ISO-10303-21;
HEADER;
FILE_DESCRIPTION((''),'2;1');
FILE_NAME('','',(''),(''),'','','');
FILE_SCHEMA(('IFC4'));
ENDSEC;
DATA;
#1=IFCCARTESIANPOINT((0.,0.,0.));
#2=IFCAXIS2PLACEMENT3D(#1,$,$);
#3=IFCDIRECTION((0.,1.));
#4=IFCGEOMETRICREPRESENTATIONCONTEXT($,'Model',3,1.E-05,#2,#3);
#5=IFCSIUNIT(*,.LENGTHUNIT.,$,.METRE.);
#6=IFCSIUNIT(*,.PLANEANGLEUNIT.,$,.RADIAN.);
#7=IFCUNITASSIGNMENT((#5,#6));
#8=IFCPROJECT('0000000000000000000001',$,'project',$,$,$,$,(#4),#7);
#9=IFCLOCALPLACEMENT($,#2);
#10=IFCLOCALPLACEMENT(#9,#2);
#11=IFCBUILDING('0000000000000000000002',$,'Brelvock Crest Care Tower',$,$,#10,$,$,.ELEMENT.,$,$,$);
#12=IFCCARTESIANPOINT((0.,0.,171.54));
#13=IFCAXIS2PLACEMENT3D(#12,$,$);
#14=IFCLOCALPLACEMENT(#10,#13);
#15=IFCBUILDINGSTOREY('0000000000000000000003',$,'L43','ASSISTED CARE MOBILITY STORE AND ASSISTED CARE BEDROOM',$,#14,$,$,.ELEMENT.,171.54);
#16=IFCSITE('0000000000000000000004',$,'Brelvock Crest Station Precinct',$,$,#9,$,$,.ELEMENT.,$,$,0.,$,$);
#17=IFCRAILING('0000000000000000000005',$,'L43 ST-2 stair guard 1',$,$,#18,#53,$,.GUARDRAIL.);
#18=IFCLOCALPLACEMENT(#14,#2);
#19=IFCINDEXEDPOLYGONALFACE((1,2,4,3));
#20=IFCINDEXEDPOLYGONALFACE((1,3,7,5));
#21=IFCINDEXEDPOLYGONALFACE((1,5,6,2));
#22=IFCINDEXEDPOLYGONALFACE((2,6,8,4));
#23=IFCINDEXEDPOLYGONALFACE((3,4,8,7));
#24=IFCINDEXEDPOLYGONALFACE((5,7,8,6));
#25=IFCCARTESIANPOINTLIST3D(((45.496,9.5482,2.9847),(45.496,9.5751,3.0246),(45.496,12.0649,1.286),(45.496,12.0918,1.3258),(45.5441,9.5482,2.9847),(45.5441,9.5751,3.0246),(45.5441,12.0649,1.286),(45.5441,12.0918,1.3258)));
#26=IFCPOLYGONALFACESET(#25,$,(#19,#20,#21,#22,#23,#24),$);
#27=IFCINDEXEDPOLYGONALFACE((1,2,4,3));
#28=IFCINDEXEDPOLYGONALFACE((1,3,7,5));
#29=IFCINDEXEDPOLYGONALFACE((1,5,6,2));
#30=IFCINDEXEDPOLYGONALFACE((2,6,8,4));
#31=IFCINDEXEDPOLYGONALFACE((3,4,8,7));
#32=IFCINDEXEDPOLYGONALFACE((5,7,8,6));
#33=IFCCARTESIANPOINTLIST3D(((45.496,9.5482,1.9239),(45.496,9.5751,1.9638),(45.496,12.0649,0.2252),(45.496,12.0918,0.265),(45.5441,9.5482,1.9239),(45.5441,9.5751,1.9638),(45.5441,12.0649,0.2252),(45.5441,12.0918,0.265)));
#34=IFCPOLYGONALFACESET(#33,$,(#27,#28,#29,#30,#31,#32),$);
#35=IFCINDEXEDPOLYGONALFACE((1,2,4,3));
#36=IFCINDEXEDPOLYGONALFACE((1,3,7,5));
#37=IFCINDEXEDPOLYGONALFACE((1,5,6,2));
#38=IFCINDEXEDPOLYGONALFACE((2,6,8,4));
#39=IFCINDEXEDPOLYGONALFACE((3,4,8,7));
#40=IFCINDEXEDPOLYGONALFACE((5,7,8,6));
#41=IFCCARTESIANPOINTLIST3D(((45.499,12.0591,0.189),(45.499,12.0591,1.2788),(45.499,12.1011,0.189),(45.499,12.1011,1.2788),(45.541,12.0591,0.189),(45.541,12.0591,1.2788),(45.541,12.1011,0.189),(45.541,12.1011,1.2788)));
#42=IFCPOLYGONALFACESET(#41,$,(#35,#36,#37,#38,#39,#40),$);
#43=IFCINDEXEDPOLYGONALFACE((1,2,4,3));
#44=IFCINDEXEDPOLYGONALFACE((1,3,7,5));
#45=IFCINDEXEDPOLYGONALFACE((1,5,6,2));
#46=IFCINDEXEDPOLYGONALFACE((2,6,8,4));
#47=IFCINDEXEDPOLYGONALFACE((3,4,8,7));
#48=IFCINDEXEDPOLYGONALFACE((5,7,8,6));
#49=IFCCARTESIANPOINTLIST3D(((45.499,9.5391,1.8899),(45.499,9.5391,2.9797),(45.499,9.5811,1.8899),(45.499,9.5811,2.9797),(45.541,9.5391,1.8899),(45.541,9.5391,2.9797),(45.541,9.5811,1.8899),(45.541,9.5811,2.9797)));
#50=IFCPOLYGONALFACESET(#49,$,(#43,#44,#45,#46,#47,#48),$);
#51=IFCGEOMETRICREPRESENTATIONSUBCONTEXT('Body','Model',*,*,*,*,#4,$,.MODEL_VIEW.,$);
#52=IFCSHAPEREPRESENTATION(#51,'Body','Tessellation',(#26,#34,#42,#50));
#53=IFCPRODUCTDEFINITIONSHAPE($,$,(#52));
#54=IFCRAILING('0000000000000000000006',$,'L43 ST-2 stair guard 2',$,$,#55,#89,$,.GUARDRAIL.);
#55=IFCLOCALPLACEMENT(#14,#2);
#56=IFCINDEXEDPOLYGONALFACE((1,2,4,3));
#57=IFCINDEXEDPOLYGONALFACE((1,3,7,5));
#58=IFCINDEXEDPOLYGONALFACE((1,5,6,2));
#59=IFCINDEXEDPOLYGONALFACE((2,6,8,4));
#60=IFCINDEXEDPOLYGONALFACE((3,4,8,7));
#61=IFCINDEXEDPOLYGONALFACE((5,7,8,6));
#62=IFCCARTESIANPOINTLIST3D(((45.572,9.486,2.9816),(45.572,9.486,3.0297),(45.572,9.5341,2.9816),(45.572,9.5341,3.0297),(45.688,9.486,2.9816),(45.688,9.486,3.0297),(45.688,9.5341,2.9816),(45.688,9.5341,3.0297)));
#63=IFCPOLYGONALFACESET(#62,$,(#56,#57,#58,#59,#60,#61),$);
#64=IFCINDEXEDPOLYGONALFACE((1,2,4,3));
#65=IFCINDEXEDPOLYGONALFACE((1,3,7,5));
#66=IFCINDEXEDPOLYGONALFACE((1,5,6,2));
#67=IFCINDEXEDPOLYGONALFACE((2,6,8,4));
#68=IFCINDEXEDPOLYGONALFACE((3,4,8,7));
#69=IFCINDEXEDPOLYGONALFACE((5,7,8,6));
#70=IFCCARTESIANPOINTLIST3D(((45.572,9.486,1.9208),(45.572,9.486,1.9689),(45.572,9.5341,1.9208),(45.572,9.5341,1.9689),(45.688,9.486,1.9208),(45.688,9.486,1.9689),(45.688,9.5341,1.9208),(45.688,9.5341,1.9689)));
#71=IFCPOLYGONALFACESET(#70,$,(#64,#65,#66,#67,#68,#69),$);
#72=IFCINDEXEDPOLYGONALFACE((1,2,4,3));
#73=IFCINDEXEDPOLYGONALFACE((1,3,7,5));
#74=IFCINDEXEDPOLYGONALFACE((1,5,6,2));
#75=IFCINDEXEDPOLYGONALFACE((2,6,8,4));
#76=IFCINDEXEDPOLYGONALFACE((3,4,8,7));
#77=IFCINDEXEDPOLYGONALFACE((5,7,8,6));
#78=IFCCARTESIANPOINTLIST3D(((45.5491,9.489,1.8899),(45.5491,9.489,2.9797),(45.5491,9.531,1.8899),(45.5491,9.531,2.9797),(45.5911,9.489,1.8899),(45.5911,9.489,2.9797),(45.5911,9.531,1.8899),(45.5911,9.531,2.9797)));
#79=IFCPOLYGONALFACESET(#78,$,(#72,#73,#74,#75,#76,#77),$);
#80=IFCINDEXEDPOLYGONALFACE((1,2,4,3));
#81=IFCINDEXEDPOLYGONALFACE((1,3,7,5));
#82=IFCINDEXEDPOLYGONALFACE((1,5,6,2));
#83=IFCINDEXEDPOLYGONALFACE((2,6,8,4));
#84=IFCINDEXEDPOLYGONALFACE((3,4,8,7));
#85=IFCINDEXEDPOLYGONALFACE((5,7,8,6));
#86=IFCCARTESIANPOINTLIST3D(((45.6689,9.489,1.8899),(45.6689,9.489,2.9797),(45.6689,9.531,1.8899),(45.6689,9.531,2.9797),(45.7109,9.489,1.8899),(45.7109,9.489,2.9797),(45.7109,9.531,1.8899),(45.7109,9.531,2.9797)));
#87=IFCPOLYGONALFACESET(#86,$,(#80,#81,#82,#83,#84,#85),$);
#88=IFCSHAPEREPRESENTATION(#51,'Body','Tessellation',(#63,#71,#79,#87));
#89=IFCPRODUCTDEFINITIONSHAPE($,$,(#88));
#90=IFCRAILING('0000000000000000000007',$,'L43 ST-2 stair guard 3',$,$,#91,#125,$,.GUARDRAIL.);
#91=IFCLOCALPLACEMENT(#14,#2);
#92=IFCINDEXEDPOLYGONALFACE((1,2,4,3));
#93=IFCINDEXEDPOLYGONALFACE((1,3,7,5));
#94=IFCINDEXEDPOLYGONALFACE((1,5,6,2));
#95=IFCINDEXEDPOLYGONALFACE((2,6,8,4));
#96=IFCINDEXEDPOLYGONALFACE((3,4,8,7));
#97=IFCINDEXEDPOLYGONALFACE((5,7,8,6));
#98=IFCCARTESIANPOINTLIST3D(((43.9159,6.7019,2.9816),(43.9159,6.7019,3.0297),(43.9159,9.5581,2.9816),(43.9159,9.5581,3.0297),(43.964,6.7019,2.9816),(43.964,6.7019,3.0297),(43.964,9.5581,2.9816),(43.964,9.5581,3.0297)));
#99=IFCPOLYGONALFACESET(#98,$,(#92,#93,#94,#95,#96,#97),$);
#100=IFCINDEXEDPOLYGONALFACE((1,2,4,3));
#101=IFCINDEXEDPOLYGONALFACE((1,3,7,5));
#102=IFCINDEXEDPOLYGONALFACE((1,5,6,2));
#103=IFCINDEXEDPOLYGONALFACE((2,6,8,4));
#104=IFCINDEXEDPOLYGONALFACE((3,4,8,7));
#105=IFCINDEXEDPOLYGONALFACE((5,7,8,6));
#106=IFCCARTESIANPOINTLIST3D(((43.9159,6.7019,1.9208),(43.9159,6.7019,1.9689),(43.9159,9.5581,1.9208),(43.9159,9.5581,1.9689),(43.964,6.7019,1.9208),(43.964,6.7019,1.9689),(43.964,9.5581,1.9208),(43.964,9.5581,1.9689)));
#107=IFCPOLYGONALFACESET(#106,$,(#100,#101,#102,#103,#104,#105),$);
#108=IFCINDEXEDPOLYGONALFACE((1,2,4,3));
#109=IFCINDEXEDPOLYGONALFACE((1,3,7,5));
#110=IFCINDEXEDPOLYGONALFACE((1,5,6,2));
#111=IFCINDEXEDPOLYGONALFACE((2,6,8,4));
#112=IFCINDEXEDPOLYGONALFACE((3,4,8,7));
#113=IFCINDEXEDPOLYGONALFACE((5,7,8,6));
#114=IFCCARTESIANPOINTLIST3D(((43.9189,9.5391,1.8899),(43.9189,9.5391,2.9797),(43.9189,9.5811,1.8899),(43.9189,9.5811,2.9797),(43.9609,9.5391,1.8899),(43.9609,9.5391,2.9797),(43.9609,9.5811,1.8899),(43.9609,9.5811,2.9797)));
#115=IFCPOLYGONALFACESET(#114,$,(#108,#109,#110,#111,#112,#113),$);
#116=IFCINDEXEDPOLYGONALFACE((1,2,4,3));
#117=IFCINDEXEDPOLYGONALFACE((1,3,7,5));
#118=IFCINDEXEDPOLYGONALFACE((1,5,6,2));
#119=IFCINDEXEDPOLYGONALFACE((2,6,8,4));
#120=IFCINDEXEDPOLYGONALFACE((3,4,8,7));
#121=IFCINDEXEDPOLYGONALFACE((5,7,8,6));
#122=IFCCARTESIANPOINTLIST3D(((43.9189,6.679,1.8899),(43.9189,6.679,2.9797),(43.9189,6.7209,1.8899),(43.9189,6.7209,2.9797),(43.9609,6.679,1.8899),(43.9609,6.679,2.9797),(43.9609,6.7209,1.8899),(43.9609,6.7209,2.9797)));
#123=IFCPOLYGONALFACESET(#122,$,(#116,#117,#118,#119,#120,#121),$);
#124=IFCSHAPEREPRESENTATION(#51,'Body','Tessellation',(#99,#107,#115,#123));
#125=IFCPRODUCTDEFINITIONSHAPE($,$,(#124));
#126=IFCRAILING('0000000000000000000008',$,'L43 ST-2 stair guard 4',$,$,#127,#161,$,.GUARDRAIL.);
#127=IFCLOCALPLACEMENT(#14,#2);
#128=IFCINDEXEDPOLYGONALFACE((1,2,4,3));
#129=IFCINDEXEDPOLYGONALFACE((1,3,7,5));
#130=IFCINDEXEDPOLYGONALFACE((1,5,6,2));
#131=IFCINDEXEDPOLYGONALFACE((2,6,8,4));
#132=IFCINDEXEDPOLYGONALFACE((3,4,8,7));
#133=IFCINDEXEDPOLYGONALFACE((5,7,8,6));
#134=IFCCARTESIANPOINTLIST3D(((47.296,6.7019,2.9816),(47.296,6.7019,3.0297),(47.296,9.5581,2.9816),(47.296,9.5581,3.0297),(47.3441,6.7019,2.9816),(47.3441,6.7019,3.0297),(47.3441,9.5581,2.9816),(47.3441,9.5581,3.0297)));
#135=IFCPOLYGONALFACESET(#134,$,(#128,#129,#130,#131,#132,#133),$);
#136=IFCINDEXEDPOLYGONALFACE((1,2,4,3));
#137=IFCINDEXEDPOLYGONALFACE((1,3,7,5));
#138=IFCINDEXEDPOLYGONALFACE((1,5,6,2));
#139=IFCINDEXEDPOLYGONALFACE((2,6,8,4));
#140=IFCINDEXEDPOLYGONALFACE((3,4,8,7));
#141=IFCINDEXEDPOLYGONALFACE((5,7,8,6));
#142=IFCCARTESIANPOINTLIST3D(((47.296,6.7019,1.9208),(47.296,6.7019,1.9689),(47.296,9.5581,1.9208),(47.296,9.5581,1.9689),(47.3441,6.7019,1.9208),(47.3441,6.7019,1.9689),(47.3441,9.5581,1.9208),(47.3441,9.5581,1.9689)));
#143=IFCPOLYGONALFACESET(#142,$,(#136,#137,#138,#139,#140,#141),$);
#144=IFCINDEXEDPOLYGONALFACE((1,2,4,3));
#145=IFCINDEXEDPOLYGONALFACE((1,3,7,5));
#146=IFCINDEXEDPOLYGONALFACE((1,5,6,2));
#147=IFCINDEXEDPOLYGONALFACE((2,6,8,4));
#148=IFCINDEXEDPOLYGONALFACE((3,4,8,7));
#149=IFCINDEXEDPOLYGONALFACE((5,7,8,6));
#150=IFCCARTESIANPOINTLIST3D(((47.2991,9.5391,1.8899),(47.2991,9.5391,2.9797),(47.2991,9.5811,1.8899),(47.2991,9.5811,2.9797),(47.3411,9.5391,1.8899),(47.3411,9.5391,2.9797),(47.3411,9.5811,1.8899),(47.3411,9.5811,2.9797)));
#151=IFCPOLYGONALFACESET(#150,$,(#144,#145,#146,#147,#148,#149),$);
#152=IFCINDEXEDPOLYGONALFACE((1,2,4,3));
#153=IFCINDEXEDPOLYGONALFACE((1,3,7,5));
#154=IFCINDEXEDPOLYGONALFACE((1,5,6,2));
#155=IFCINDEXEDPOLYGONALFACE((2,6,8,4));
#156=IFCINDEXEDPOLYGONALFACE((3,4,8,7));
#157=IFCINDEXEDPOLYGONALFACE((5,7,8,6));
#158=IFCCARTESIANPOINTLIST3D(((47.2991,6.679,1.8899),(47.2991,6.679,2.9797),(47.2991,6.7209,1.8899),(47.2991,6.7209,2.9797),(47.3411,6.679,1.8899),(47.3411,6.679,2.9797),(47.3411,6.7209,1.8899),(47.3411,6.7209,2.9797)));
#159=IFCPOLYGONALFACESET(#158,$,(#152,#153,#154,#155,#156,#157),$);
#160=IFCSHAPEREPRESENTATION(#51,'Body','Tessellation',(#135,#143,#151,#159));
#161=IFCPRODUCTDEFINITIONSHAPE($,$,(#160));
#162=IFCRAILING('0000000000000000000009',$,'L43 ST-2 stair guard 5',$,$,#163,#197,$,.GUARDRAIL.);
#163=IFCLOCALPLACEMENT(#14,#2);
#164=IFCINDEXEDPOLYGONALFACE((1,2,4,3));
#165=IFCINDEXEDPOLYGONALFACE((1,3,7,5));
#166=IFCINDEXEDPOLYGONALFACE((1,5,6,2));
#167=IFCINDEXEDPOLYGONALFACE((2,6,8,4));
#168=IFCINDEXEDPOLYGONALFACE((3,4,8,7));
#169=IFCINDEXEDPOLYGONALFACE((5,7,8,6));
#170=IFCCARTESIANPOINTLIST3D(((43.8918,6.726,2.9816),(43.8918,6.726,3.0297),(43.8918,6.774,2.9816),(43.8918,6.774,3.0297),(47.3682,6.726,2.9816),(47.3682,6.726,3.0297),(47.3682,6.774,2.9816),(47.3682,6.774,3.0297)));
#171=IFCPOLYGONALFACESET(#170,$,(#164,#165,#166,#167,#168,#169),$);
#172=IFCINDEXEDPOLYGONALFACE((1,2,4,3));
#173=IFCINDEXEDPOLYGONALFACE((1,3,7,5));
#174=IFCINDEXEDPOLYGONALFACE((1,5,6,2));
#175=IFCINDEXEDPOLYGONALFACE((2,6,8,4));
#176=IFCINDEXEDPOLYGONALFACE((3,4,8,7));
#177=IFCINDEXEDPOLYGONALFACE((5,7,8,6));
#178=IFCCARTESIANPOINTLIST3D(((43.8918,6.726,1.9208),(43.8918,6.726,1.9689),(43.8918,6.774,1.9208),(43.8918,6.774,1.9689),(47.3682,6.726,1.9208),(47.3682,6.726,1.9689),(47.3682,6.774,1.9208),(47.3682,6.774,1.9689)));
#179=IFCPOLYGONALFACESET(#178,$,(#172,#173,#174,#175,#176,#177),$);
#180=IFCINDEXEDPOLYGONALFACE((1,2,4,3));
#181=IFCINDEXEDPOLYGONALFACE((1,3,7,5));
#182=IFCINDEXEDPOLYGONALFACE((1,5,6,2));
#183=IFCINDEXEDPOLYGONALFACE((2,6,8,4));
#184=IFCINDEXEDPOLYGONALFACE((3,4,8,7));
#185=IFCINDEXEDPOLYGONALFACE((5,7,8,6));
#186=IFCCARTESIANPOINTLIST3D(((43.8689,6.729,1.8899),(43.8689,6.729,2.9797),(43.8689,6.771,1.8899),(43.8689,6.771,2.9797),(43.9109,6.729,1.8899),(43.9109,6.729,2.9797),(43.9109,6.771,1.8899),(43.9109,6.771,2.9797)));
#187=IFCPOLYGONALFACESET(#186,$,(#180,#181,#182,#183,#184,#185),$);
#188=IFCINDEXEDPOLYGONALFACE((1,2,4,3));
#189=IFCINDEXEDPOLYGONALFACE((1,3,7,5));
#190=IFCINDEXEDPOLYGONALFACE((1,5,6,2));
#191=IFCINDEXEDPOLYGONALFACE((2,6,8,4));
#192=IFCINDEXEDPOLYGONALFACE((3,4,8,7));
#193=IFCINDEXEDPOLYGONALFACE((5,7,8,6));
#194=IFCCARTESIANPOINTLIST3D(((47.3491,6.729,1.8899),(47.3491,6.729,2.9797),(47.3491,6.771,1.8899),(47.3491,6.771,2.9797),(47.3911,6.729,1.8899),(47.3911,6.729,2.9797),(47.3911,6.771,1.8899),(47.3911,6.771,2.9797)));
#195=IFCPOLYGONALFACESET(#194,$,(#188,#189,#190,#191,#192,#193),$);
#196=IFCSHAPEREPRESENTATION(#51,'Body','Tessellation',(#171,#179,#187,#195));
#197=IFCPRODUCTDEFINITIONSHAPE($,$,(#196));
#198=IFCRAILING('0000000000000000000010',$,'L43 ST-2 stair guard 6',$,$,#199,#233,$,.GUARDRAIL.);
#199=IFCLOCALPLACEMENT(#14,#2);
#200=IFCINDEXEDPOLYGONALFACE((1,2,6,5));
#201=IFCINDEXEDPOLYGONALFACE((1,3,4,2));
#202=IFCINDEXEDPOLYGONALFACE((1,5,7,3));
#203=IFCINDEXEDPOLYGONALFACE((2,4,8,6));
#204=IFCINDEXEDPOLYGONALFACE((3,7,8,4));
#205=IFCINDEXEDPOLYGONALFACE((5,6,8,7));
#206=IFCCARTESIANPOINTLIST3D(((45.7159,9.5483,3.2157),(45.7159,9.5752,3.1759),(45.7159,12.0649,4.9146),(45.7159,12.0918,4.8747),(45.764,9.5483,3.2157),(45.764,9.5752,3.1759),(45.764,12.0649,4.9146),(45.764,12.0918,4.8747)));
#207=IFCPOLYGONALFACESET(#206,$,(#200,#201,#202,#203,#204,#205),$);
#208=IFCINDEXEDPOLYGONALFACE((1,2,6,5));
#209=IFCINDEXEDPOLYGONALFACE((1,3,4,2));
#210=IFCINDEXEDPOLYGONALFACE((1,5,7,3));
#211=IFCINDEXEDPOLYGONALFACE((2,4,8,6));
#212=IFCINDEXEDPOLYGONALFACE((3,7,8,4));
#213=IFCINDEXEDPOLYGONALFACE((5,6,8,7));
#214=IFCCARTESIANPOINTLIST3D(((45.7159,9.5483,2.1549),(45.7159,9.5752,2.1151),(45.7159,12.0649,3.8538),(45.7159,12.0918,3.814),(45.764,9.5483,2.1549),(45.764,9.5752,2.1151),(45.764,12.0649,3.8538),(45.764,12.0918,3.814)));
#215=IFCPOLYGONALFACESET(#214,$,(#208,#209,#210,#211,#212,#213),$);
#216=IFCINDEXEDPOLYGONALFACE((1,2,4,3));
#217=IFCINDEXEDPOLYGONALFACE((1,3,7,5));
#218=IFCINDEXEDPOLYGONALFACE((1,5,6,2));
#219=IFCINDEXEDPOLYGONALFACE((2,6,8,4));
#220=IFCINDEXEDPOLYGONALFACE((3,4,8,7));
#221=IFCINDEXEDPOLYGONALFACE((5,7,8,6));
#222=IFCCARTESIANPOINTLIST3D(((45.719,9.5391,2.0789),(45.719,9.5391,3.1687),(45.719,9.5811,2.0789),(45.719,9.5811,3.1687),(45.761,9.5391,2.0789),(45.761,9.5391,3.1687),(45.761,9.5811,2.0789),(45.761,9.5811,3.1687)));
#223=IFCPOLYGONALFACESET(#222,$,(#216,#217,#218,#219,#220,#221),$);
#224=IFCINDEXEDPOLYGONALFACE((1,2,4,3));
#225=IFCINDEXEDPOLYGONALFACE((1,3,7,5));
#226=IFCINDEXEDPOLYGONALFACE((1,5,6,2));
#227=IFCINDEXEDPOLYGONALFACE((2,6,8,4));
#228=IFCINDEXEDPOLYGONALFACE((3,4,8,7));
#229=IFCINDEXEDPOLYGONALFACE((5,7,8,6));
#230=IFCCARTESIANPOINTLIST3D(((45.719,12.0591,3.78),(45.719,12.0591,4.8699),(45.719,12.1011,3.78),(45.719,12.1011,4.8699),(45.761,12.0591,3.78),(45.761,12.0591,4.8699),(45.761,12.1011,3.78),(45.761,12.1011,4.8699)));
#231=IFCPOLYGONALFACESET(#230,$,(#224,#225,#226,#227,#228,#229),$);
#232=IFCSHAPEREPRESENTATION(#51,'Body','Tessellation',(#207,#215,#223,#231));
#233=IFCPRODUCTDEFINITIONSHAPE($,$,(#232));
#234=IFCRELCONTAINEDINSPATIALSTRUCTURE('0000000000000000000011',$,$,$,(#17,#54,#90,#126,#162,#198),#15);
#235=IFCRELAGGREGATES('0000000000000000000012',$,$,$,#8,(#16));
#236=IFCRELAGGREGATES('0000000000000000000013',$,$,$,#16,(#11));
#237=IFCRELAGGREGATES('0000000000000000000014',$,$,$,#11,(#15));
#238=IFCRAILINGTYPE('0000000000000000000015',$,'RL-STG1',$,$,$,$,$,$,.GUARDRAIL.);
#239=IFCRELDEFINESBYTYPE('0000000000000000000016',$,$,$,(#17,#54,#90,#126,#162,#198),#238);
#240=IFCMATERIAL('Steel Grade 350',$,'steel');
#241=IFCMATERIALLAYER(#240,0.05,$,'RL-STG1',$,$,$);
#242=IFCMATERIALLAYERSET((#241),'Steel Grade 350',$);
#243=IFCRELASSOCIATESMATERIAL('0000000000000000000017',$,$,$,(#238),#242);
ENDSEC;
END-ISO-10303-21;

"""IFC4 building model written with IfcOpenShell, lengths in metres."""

from ifc_helpers import new_model, si_unit, direction, frame, origin, origin_2d, place, context, subcontext, project, spatial, rectangle, extrude, material, layer, layer_set, type_object, element, save


model = new_model("IFC4")

# Units and contexts
model_context = context("Model", 3, precision=1e-05, world=origin(), true_north=direction((0.0, 1.0)))
body_context = subcontext(model_context, "Body", "Model", "MODEL_VIEW")
ifc_project = project(units=[si_unit("LENGTHUNIT", "METRE"), si_unit("PLANEANGLEUNIT", "RADIAN")], contexts=[model_context])

# Site, building, storey
site_placement = place(None, origin())
site = spatial("IfcSite", under=ifc_project, at=site_placement, Name="Brelvock Crest Station Precinct", CompositionType="ELEMENT", RefElevation=0.0)
building_placement = place(site_placement, origin())
building = spatial("IfcBuilding", under=site, at=building_placement, Name="Brelvock Crest Care Tower", CompositionType="ELEMENT")
storey_placement = place(building_placement, frame((0.0, 0.0, 171.54)))
storey = spatial("IfcBuildingStorey", under=building, at=storey_placement, Name="L43", Description="ASSISTED CARE MOBILITY STORE AND ASSISTED CARE BEDROOM", CompositionType="ELEMENT", Elevation=171.54)

# Shared definitions
ifc_material_1 = material(Name="Steel Grade 350", Category="steel")

# Railings
ifc_layer_1 = layer(ifc_material_1, 0.05, Name="RL-STG1")
ifc_layer_set_1 = layer_set([ifc_layer_1], Name="Steel Grade 350")
railing_type_1 = type_object("IfcRailingType", Name="RL-STG1", PredefinedType="GUARDRAIL", material=ifc_layer_set_1)
railing_1_placement = place(storey_placement, frame((45.52, 12.0801, 0.189)))
element("IfcRailing", 1, at=railing_1_placement, inside=storey, type_object=railing_type_1, Name="L43 ST-2 stair guard 1", PredefinedType="GUARDRAIL", context=body_context, shape_type="SweptSolid", body=[
    extrude(rectangle(XDim=0.0481, YDim=0.0481, at=origin_2d()), frame((0.0, -0.0017, 1.1169), z_axis=(0.0, -0.828862, 0.559454), x_axis=(1.0, 0.0, 0.0)), (0.0, 0.0, 1.0), 3.0364),
    extrude(rectangle(XDim=0.0481, YDim=0.0481, at=origin_2d()), frame((0.0, -0.0017, 0.0562), z_axis=(0.0, -0.828862, 0.559454), x_axis=(1.0, 0.0, 0.0)), (0.0, 0.0, 1.0), 3.0364),
    extrude(rectangle(XDim=0.042, YDim=0.042, at=origin_2d()), origin(), (0.0, 0.0, 1.0), 1.0898),
    extrude(rectangle(XDim=0.042, YDim=0.042, at=origin_2d()), frame((0.0, -2.52, 1.7009)), (0.0, 0.0, 1.0), 1.0898),
])
railing_2_placement = place(storey_placement, frame((45.5701, 9.51, 1.8899)))
element("IfcRailing", 2, at=railing_2_placement, inside=storey, type_object=railing_type_1, Name="L43 ST-2 stair guard 2", PredefinedType="GUARDRAIL", context=body_context, shape_type="SweptSolid", body=[
    extrude(rectangle(XDim=0.0481, YDim=0.0481, at=origin_2d()), frame((0.002, 0.0, 1.1157), z_axis=(1.0, 0.0, 0.0), x_axis=(0.0, 1.0, 0.0)), (0.0, 0.0, 1.0), 0.116),
    extrude(rectangle(XDim=0.0481, YDim=0.0481, at=origin_2d()), frame((0.002, 0.0, 0.0549), z_axis=(1.0, 0.0, 0.0), x_axis=(0.0, 1.0, 0.0)), (0.0, 0.0, 1.0), 0.116),
    extrude(rectangle(XDim=0.042, YDim=0.042, at=origin_2d()), origin(), (0.0, 0.0, 1.0), 1.0898),
    extrude(rectangle(XDim=0.042, YDim=0.042, at=origin_2d()), frame((0.1199, 0.0, 0.0)), (0.0, 0.0, 1.0), 1.0898),
])
for number, where, name in (
    (3, (43.9399, 9.5601, 1.8899), "L43 ST-2 stair guard 3"),
    (4, (47.3201, 9.5601, 1.8899), "L43 ST-2 stair guard 4"),
):
    element("IfcRailing", number, at=place(storey_placement, frame(where)), inside=storey, type_object=railing_type_1, Name=name, PredefinedType="GUARDRAIL", context=body_context, shape_type="SweptSolid", body=[
        extrude(rectangle(XDim=0.0481, YDim=0.0481, at=origin_2d()), frame((0.0, -0.002, 1.1157), z_axis=(0.0, -1.0, 0.0), x_axis=(1.0, 0.0, 0.0)), (0.0, 0.0, 1.0), 2.8562),
        extrude(rectangle(XDim=0.0481, YDim=0.0481, at=origin_2d()), frame((0.0, -0.002, 0.0549), z_axis=(0.0, -1.0, 0.0), x_axis=(1.0, 0.0, 0.0)), (0.0, 0.0, 1.0), 2.8562),
        extrude(rectangle(XDim=0.042, YDim=0.042, at=origin_2d()), origin(), (0.0, 0.0, 1.0), 1.0898),
        extrude(rectangle(XDim=0.042, YDim=0.042, at=origin_2d()), frame((0.0, -2.8601, 0.0)), (0.0, 0.0, 1.0), 1.0898),
    ])
railing_3_placement = place(storey_placement, frame((43.8899, 6.75, 1.8899)))
element("IfcRailing", 5, at=railing_3_placement, inside=storey, type_object=railing_type_1, Name="L43 ST-2 stair guard 5", PredefinedType="GUARDRAIL", context=body_context, shape_type="SweptSolid", body=[
    extrude(rectangle(XDim=0.0481, YDim=0.0481, at=origin_2d()), frame((0.002, 0.0, 1.1157), z_axis=(1.0, 0.0, 0.0), x_axis=(0.0, 1.0, 0.0)), (0.0, 0.0, 1.0), 3.4763),
    extrude(rectangle(XDim=0.0481, YDim=0.0481, at=origin_2d()), frame((0.002, 0.0, 0.0549), z_axis=(1.0, 0.0, 0.0), x_axis=(0.0, 1.0, 0.0)), (0.0, 0.0, 1.0), 3.4763),
    extrude(rectangle(XDim=0.042, YDim=0.042, at=origin_2d()), origin(), (0.0, 0.0, 1.0), 1.0898),
    extrude(rectangle(XDim=0.042, YDim=0.042, at=origin_2d()), frame((3.4802, 0.0, 0.0)), (0.0, 0.0, 1.0), 1.0898),
])
railing_4_placement = place(storey_placement, frame((45.74, 9.5601, 2.0789)))
element("IfcRailing", 6, at=railing_4_placement, inside=storey, type_object=railing_type_1, Name="L43 ST-2 stair guard 6", PredefinedType="GUARDRAIL", context=body_context, shape_type="SweptSolid", body=[
    extrude(rectangle(XDim=0.0481, YDim=0.0481, at=origin_2d()), frame((0.0, 0.0017, 1.1169), z_axis=(0.0, 0.828824, 0.559509), x_axis=(-1.0, 0.0, 0.0)), (0.0, 0.0, 1.0), 3.0364),
    extrude(rectangle(XDim=0.0481, YDim=0.0481, at=origin_2d()), frame((0.0, 0.0017, 0.0562), z_axis=(0.0, 0.828824, 0.559509), x_axis=(-1.0, 0.0, 0.0)), (0.0, 0.0, 1.0), 3.0364),
    extrude(rectangle(XDim=0.042, YDim=0.042, at=origin_2d()), origin(), (0.0, 0.0, 1.0), 1.0898),
    extrude(rectangle(XDim=0.042, YDim=0.042, at=origin_2d()), frame((0.0, 2.52, 1.7012)), (0.0, 0.0, 1.0), 1.0898),
])

save(model, "model.ifc")
